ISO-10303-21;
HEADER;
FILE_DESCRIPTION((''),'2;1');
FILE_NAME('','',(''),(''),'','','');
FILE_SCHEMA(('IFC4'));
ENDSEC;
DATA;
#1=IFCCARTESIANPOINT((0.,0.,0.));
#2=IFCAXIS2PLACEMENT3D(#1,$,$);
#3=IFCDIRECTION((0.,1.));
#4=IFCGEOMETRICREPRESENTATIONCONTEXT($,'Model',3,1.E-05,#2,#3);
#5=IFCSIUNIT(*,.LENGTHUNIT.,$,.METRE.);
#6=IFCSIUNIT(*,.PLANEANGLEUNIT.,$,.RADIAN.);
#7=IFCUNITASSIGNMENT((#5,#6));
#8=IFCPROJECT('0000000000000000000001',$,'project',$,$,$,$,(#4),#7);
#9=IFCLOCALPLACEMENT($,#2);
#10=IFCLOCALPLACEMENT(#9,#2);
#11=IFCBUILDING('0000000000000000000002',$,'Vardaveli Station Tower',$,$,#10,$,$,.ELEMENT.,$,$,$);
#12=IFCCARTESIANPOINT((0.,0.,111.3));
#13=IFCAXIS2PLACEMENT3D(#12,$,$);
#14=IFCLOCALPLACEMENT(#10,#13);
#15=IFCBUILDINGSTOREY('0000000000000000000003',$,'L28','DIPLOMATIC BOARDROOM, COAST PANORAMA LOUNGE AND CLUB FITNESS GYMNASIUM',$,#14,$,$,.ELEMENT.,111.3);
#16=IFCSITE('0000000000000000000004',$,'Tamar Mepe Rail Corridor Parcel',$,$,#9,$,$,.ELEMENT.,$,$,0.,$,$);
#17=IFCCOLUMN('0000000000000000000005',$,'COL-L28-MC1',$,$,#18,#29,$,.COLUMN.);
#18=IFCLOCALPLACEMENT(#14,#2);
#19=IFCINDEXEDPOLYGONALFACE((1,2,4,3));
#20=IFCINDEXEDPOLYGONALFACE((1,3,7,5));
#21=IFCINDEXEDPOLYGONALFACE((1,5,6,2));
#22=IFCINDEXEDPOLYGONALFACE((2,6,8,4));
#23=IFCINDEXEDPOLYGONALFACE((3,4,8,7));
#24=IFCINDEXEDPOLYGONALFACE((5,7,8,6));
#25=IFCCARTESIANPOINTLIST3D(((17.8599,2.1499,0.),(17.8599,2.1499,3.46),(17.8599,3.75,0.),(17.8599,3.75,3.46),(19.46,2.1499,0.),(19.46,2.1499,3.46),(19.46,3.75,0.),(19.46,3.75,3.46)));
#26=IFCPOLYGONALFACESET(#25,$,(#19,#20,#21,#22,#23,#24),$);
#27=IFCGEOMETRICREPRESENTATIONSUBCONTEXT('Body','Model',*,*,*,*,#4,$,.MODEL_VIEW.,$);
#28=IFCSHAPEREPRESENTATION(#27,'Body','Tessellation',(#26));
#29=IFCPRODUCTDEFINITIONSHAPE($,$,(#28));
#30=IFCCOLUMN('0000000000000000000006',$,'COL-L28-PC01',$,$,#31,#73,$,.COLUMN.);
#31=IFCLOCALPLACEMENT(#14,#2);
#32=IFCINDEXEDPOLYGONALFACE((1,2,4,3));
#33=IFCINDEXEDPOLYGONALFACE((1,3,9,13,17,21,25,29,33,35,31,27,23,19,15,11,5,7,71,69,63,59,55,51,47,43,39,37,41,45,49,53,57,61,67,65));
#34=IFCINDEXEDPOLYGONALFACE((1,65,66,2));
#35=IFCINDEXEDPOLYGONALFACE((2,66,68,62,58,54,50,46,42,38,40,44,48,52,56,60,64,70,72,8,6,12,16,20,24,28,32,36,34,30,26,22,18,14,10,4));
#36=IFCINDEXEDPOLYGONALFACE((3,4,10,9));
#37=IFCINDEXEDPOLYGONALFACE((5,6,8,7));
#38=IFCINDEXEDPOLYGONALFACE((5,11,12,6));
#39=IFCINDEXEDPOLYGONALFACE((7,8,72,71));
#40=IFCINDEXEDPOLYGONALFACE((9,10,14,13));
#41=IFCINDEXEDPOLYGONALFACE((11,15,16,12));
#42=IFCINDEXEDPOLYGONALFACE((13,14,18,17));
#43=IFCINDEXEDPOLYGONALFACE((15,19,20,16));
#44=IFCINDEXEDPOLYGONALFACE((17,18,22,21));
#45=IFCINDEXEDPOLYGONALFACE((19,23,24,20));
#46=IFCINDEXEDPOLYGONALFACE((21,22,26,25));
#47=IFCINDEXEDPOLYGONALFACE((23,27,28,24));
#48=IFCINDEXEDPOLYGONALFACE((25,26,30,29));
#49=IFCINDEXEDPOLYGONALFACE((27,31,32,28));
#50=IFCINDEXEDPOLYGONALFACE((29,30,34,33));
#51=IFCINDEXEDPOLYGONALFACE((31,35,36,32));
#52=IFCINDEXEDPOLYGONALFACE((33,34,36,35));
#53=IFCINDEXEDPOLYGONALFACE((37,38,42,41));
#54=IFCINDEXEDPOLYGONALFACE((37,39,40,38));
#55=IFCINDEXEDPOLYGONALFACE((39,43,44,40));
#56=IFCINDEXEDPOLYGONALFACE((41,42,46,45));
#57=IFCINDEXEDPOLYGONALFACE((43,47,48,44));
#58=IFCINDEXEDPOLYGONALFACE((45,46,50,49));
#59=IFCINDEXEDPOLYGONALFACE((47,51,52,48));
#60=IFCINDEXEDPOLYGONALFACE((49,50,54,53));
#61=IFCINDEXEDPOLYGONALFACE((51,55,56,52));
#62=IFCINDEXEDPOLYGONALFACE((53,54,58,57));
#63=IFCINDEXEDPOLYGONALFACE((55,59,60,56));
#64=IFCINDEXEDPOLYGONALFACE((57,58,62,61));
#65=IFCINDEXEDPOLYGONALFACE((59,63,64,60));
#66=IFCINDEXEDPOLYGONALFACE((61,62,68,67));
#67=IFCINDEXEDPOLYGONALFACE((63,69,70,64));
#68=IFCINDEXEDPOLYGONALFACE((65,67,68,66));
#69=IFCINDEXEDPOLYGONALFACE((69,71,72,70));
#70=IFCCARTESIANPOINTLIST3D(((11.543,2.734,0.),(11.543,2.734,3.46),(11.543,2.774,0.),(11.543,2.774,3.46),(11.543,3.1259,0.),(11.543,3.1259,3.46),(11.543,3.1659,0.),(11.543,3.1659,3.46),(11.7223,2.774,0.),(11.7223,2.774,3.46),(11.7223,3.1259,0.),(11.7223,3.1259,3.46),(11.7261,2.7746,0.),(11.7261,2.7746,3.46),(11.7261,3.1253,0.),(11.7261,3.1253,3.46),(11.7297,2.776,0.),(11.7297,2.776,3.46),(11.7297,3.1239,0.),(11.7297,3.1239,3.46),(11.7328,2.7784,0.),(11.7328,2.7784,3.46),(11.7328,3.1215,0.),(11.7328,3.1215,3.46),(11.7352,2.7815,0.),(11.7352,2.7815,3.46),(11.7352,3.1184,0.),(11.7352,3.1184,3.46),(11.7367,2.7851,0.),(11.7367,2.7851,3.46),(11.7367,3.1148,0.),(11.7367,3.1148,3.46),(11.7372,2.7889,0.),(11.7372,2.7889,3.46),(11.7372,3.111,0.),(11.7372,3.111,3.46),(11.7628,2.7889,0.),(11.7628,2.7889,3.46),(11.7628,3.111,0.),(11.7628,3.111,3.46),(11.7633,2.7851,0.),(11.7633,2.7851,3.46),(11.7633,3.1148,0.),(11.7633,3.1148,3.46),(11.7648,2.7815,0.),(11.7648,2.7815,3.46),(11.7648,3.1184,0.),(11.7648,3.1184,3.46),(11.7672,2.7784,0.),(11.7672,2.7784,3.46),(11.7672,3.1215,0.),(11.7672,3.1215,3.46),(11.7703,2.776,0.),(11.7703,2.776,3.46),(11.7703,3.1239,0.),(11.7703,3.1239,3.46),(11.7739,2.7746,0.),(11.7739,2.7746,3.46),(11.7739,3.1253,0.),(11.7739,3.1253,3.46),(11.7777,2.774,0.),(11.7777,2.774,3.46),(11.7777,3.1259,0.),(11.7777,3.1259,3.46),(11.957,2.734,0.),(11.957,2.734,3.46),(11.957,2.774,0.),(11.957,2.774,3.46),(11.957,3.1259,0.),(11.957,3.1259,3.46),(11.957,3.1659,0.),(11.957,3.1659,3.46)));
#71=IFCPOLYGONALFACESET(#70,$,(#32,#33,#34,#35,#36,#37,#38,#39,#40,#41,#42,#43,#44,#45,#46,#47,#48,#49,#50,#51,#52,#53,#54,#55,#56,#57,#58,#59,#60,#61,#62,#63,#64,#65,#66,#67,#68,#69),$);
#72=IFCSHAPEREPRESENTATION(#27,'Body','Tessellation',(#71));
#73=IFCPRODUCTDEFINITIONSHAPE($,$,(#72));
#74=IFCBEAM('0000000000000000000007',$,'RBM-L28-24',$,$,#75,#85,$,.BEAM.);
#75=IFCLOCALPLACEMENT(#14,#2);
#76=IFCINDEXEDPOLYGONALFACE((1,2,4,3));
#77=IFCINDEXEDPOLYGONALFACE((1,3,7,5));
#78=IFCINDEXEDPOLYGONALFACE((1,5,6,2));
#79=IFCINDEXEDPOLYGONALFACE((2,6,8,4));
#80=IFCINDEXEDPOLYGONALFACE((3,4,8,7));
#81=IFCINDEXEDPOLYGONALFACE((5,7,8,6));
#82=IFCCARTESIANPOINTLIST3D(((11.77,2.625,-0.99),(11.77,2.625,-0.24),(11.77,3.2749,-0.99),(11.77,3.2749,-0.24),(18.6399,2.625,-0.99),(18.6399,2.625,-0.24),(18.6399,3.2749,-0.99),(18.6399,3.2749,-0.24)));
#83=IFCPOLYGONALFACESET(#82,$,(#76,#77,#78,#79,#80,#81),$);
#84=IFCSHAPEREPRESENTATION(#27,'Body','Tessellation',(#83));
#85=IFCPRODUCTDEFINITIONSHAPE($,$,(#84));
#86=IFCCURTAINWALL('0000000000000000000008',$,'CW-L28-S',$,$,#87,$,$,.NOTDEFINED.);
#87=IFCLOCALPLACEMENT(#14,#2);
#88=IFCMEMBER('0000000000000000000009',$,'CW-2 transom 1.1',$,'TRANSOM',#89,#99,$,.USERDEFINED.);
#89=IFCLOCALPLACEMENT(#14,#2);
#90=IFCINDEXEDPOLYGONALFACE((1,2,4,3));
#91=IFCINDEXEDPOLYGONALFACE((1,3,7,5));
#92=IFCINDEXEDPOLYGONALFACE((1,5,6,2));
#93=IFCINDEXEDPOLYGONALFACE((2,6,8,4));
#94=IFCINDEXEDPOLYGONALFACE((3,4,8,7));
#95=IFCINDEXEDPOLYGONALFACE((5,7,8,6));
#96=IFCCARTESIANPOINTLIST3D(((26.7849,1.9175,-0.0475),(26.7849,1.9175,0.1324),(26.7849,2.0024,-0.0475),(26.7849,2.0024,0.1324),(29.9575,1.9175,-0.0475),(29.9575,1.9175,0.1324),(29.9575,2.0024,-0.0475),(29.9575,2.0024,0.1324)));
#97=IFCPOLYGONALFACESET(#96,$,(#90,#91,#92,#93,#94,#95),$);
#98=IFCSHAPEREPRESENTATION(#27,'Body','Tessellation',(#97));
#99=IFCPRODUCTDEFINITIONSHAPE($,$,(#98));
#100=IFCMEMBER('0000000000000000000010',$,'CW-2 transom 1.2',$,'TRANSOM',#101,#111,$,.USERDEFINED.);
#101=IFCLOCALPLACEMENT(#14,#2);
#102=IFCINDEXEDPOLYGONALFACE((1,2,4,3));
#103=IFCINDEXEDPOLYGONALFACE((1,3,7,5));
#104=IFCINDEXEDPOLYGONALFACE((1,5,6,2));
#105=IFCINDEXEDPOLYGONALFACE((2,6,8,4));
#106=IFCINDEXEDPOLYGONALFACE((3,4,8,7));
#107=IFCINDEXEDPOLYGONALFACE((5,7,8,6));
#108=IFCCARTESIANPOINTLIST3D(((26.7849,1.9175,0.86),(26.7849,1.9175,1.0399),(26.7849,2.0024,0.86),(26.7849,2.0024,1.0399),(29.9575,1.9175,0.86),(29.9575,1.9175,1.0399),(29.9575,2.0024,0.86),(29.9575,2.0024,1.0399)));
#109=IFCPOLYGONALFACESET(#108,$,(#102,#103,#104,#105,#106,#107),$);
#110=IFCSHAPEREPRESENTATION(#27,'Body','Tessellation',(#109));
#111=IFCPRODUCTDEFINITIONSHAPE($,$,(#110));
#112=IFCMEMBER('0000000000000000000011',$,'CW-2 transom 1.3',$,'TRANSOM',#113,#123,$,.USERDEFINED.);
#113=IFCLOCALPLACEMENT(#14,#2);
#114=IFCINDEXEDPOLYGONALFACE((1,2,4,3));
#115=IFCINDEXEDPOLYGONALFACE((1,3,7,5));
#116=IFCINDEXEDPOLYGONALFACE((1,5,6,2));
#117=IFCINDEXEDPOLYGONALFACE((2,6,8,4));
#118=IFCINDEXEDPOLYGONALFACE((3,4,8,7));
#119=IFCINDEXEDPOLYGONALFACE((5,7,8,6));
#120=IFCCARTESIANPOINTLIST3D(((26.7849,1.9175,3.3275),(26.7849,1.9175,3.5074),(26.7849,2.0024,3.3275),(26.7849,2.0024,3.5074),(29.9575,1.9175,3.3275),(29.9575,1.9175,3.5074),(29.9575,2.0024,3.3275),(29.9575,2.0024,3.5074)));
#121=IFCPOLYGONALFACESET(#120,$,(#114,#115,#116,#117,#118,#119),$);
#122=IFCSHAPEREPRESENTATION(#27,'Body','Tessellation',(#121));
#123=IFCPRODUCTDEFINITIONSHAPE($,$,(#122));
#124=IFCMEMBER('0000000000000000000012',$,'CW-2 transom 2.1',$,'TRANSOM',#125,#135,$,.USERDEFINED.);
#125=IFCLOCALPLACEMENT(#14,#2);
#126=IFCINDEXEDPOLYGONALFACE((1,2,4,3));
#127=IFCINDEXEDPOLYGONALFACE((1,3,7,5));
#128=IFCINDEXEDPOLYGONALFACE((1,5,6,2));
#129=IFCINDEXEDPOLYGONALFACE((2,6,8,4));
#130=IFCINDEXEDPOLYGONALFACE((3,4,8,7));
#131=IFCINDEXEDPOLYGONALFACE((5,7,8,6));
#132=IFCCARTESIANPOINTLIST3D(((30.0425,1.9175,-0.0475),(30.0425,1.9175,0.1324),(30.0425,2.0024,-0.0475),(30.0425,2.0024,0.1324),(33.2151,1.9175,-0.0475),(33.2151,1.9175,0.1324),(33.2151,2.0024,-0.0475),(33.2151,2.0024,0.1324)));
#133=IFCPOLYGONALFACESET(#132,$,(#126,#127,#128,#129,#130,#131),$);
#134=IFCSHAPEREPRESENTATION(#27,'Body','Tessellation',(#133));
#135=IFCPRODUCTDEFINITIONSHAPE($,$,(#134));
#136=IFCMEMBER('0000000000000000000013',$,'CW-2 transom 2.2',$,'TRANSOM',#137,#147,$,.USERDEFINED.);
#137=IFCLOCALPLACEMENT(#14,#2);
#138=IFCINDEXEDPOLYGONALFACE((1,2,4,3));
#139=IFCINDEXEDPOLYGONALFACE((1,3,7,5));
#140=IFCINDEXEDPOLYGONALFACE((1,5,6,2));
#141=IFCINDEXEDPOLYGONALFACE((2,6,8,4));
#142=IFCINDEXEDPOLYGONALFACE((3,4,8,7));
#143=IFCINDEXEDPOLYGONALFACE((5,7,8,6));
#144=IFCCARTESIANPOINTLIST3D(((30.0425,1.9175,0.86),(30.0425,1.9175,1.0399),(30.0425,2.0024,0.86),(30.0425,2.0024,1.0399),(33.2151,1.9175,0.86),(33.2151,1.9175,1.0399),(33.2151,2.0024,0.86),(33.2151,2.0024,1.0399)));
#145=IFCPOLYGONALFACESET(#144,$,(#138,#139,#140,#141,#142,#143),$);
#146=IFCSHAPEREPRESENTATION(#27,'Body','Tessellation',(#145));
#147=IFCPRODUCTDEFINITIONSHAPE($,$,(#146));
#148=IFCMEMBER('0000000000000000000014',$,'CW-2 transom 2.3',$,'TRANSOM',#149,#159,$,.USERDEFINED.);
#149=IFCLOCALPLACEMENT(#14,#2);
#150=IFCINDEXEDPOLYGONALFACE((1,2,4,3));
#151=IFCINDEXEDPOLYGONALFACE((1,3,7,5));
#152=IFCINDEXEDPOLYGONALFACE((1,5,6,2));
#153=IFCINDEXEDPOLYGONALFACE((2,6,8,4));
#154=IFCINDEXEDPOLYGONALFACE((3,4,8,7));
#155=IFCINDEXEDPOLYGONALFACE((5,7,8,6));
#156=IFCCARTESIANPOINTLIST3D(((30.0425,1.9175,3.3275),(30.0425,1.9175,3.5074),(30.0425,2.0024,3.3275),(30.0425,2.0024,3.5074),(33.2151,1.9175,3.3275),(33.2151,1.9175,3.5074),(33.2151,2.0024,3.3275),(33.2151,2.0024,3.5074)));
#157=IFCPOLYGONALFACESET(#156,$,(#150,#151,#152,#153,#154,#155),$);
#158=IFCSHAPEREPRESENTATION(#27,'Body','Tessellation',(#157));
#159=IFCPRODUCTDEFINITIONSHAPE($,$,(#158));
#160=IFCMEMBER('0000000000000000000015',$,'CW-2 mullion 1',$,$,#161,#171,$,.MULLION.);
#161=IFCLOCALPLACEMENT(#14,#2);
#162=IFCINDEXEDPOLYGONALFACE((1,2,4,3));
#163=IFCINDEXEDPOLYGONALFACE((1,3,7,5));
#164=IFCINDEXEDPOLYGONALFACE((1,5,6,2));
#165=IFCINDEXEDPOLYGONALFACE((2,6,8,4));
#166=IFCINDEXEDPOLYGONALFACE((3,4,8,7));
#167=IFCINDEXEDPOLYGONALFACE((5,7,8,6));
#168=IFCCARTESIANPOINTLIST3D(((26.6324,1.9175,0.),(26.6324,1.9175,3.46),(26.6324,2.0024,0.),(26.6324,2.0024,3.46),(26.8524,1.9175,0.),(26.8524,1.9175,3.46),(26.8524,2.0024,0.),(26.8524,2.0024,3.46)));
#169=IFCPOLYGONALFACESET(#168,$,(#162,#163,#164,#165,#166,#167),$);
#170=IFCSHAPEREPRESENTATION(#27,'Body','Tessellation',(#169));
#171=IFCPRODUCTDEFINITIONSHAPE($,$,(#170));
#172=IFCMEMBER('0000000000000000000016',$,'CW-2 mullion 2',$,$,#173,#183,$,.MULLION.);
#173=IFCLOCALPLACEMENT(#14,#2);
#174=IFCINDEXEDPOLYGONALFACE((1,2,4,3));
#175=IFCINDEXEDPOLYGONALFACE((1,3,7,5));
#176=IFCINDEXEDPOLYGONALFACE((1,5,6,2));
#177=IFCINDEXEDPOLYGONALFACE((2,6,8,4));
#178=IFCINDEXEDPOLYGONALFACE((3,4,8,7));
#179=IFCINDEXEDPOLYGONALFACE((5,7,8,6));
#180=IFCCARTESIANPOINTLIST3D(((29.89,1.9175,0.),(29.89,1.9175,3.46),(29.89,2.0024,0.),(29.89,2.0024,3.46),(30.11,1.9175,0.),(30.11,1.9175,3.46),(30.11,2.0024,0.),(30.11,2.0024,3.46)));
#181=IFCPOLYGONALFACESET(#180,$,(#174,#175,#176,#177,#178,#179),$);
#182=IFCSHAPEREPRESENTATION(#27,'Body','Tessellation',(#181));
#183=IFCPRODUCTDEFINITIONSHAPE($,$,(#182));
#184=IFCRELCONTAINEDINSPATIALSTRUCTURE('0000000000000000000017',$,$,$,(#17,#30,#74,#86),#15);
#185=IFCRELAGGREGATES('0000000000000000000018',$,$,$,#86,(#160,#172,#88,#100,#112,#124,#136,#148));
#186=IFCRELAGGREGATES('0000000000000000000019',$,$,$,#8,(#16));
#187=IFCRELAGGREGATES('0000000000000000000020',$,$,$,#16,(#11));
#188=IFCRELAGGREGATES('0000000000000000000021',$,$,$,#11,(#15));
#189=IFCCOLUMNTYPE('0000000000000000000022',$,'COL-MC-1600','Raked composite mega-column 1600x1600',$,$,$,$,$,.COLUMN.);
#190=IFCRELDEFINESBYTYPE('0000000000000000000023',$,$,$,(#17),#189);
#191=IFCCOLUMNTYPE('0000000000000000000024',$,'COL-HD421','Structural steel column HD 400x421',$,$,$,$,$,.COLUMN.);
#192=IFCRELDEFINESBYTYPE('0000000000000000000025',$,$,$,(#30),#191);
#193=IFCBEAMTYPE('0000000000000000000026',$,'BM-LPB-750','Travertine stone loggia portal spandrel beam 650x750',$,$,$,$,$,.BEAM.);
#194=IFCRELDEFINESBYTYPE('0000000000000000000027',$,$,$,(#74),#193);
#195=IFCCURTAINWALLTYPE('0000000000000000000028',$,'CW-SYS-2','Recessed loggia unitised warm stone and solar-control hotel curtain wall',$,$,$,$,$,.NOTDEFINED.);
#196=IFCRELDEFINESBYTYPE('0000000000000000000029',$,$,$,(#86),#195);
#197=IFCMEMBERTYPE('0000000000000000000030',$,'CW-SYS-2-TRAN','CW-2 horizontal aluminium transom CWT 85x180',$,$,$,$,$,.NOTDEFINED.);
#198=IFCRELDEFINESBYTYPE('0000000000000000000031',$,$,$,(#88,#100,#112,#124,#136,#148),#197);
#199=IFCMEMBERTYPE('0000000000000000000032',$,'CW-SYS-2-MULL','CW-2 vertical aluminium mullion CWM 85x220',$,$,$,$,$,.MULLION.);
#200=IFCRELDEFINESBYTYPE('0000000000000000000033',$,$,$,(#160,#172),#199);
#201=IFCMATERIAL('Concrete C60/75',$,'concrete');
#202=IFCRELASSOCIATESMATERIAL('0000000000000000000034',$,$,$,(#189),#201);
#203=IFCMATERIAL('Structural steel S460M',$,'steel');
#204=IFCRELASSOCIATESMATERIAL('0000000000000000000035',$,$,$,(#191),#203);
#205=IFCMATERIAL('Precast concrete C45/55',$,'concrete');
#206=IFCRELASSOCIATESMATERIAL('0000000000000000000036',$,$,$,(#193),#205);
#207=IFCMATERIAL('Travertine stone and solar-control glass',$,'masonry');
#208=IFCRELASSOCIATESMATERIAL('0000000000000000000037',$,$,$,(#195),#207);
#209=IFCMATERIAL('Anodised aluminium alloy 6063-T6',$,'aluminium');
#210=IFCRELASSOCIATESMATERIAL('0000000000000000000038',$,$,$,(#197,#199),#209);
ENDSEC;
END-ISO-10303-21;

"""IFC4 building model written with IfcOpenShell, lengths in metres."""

from ifc_helpers import new_model, si_unit, direction, frame, origin, origin_2d, place, context, subcontext, project, spatial, rectangle, i_section, extrude, source, transform, mapped, material, material_profile, profile_set, type_object, element, aggregate, save


model = new_model("IFC4")

# Units and contexts
model_context = context("Model", 3, precision=1e-05, world=origin(), true_north=direction((0.0, 1.0)))
body_context = subcontext(model_context, "Body", "Model", "MODEL_VIEW")
ifc_project = project(units=[si_unit("LENGTHUNIT", "METRE"), si_unit("PLANEANGLEUNIT", "RADIAN")], contexts=[model_context])

# Site, building, storey
site_placement = place(None, origin())
site = spatial("IfcSite", under=ifc_project, at=site_placement, Name="Tamar Mepe Rail Corridor Parcel", CompositionType="ELEMENT", RefElevation=0.0)
building_placement = place(site_placement, origin())
building = spatial("IfcBuilding", under=site, at=building_placement, Name="Vardaveli Station Tower", CompositionType="ELEMENT")
storey_placement = place(building_placement, frame((0.0, 0.0, 111.3)))
storey = spatial("IfcBuildingStorey", under=building, at=storey_placement, Name="L28", Description="DIPLOMATIC BOARDROOM, COAST PANORAMA LOUNGE AND CLUB FITNESS GYMNASIUM", CompositionType="ELEMENT", Elevation=111.3)

# Columns
ifc_material_1 = material(Name="Concrete C60/75", Category="concrete")
ifc_material_profile_1 = material_profile(ifc_material_1, rectangle(XDim=1.6001, YDim=1.6001, at=origin_2d()), Name="MC 1600x1600")
ifc_profile_set_1 = profile_set([ifc_material_profile_1], Name="Concrete C60/75")
column_type_1 = type_object("IfcColumnType", Name="COL-MC-1600", Description="Raked composite mega-column 1600x1600", PredefinedType="COLUMN", material=ifc_profile_set_1)
shared_shape_1 = source(origin(), body_context, "Body", "SweptSolid", [
    extrude(rectangle(XDim=1.6001, YDim=1.6001, at=origin_2d()), origin(), (0.0, 0.0, 1.0), 3.46),
])
column_1_placement = place(storey_placement, frame((18.6599, 2.95, 0.0), z_axis=(0.0, 0.0, 1.0), x_axis=(1.0, 0.0, 0.0)))
element("IfcColumn", 1, at=column_1_placement, inside=storey, type_object=column_type_1, Name="COL-L28-MC1", PredefinedType="COLUMN", context=body_context, shape_type="MappedRepresentation", body=[
    mapped(shared_shape_1, transform((0.0, 0.0, 0.0), scale=1.0)),
])
ifc_material_2 = material(Name="Structural steel S460M", Category="steel")
ifc_material_profile_2 = material_profile(ifc_material_2, i_section(OverallWidth=0.4141, OverallDepth=0.4319, WebThickness=0.0256, FlangeThickness=0.04, FilletRadius=0.0149, at=origin_2d()), Name="HD 400x421")
ifc_profile_set_2 = profile_set([ifc_material_profile_2], Name="Structural steel S460M")
column_type_2 = type_object("IfcColumnType", Name="COL-HD421", Description="Structural steel column HD 400x421", PredefinedType="COLUMN", material=ifc_profile_set_2)
shared_shape_2 = source(origin(), body_context, "Body", "SweptSolid", [
    extrude(i_section(OverallWidth=0.4141, OverallDepth=0.4319, WebThickness=0.0256, FlangeThickness=0.04, FilletRadius=0.0149, at=origin_2d()), origin(), (0.0, 0.0, 1.0), 3.46),
])
column_2_placement = place(storey_placement, frame((11.75, 2.95, 0.0), z_axis=(0.0, 0.0, 1.0), x_axis=(1.0, 0.0, 0.0)))
element("IfcColumn", 2, at=column_2_placement, inside=storey, type_object=column_type_2, Name="COL-L28-PC01", PredefinedType="COLUMN", context=body_context, shape_type="MappedRepresentation", body=[
    mapped(shared_shape_2, transform((0.0, 0.0, 0.0), scale=1.0)),
])

# Beam
ifc_material_3 = material(Name="Precast concrete C45/55", Category="concrete")
ifc_material_profile_3 = material_profile(ifc_material_3, rectangle(XDim=0.6499, YDim=0.75, at=origin_2d()), Name="LPB 650x750")
ifc_profile_set_3 = profile_set([ifc_material_profile_3], Name="Precast concrete C45/55")
beam_type = type_object("IfcBeamType", Name="BM-LPB-750", Description="Travertine stone loggia portal spandrel beam 650x750", PredefinedType="BEAM", material=ifc_profile_set_3)
shared_shape_3 = source(origin(), body_context, "Body", "SweptSolid", [
    extrude(rectangle(XDim=0.6499, YDim=0.75, at=origin_2d()), origin(), (0.0, 0.0, 1.0), 6.8699),
])
beam_placement = place(storey_placement, frame((11.77, 2.95, -0.615), z_axis=(1.0, 0.0, 0.0), x_axis=(0.0, 1.0, 0.0)))
element("IfcBeam", 3, at=beam_placement, inside=storey, type_object=beam_type, Name="RBM-L28-24", PredefinedType="BEAM", context=body_context, shape_type="MappedRepresentation", body=[
    mapped(shared_shape_3, transform((0.0, 0.0, 0.0), scale=1.0)),
])

# Curtain wall, members
ifc_material_4 = material(Name="Travertine stone and solar-control glass", Category="masonry")
curtain_wall_type = type_object("IfcCurtainWallType", Name="CW-SYS-2", Description="Recessed loggia unitised warm stone and solar-control hotel curtain wall", PredefinedType="NOTDEFINED", material=ifc_material_4)
curtain_wall_placement = place(storey_placement, origin())
curtain_wall = element("IfcCurtainWall", 4, at=curtain_wall_placement, inside=storey, type_object=curtain_wall_type, Name="CW-L28-S", PredefinedType="NOTDEFINED")
ifc_material_5 = material(Name="Anodised aluminium alloy 6063-T6", Category="aluminium")
ifc_material_profile_4 = material_profile(ifc_material_5, rectangle(XDim=0.085, YDim=0.1799, at=origin_2d()), Name="CWT 85x180")
ifc_profile_set_4 = profile_set([ifc_material_profile_4], Name="Anodised aluminium alloy 6063-T6")
member_type_1 = type_object("IfcMemberType", Name="CW-SYS-2-TRAN", Description="CW-2 horizontal aluminium transom CWT 85x180", PredefinedType="NOTDEFINED", material=ifc_profile_set_4)
shared_shape_4 = source(origin(), body_context, "Body", "SweptSolid", [
    extrude(rectangle(XDim=0.085, YDim=0.1799, at=origin_2d()), origin(), (0.0, 0.0, 1.0), 3.1726),
])
member_1_placement = place(storey_placement, frame((26.7849, 1.96, 0.0425), z_axis=(1.0, 0.0, 0.0), x_axis=(0.0, 1.0, 0.0)))
member_1 = element("IfcMember", 5, at=member_1_placement, type_object=member_type_1, Name="CW-2 transom 1.1", ObjectType="TRANSOM", PredefinedType="USERDEFINED", context=body_context, shape_type="MappedRepresentation", body=[
    mapped(shared_shape_4, transform((0.0, 0.0, 0.0), scale=1.0)),
])
member_2_placement = place(storey_placement, frame((26.7849, 1.96, 0.95), z_axis=(1.0, 0.0, 0.0), x_axis=(0.0, 1.0, 0.0)))
member_2 = element("IfcMember", 6, at=member_2_placement, type_object=member_type_1, Name="CW-2 transom 1.2", ObjectType="TRANSOM", PredefinedType="USERDEFINED", context=body_context, shape_type="MappedRepresentation", body=[
    mapped(shared_shape_4, transform((0.0, 0.0, 0.0), scale=1.0)),
])
member_3_placement = place(storey_placement, frame((26.7849, 1.96, 3.4175), z_axis=(1.0, 0.0, 0.0), x_axis=(0.0, 1.0, 0.0)))
member_3 = element("IfcMember", 7, at=member_3_placement, type_object=member_type_1, Name="CW-2 transom 1.3", ObjectType="TRANSOM", PredefinedType="USERDEFINED", context=body_context, shape_type="MappedRepresentation", body=[
    mapped(shared_shape_4, transform((0.0, 0.0, 0.0), scale=1.0)),
])
member_4_placement = place(storey_placement, frame((30.0425, 1.96, 0.0425), z_axis=(1.0, 0.0, 0.0), x_axis=(0.0, 1.0, 0.0)))
member_4 = element("IfcMember", 8, at=member_4_placement, type_object=member_type_1, Name="CW-2 transom 2.1", ObjectType="TRANSOM", PredefinedType="USERDEFINED", context=body_context, shape_type="MappedRepresentation", body=[
    mapped(shared_shape_4, transform((0.0, 0.0, 0.0), scale=1.0)),
])
member_5_placement = place(storey_placement, frame((30.0425, 1.96, 0.95), z_axis=(1.0, 0.0, 0.0), x_axis=(0.0, 1.0, 0.0)))
member_5 = element("IfcMember", 9, at=member_5_placement, type_object=member_type_1, Name="CW-2 transom 2.2", ObjectType="TRANSOM", PredefinedType="USERDEFINED", context=body_context, shape_type="MappedRepresentation", body=[
    mapped(shared_shape_4, transform((0.0, 0.0, 0.0), scale=1.0)),
])
member_6_placement = place(storey_placement, frame((30.0425, 1.96, 3.4175), z_axis=(1.0, 0.0, 0.0), x_axis=(0.0, 1.0, 0.0)))
member_6 = element("IfcMember", 10, at=member_6_placement, type_object=member_type_1, Name="CW-2 transom 2.3", ObjectType="TRANSOM", PredefinedType="USERDEFINED", context=body_context, shape_type="MappedRepresentation", body=[
    mapped(shared_shape_4, transform((0.0, 0.0, 0.0), scale=1.0)),
])
ifc_material_profile_5 = material_profile(ifc_material_5, rectangle(XDim=0.085, YDim=0.22, at=origin_2d()), Name="CWM 85x220")
ifc_profile_set_5 = profile_set([ifc_material_profile_5], Name="Anodised aluminium alloy 6063-T6")
member_type_2 = type_object("IfcMemberType", Name="CW-SYS-2-MULL", Description="CW-2 vertical aluminium mullion CWM 85x220", PredefinedType="MULLION", material=ifc_profile_set_5)
shared_shape_5 = source(origin(), body_context, "Body", "SweptSolid", [
    extrude(rectangle(XDim=0.085, YDim=0.22, at=origin_2d()), origin(), (0.0, 0.0, 1.0), 3.46),
])
member_7_placement = place(storey_placement, frame((26.7424, 1.96, 0.0), z_axis=(0.0, 0.0, 1.0), x_axis=(0.0, 1.0, 0.0)))
member_7 = element("IfcMember", 11, at=member_7_placement, type_object=member_type_2, Name="CW-2 mullion 1", PredefinedType="MULLION", context=body_context, shape_type="MappedRepresentation", body=[
    mapped(shared_shape_5, transform((0.0, 0.0, 0.0), scale=1.0)),
])
member_8_placement = place(storey_placement, frame((30.0, 1.96, 0.0), z_axis=(0.0, 0.0, 1.0), x_axis=(0.0, 1.0, 0.0)))
member_8 = element("IfcMember", 12, at=member_8_placement, type_object=member_type_2, Name="CW-2 mullion 2", PredefinedType="MULLION", context=body_context, shape_type="MappedRepresentation", body=[
    mapped(shared_shape_5, transform((0.0, 0.0, 0.0), scale=1.0)),
])

aggregate(curtain_wall, [member_7, member_8, member_1, member_2, member_3, member_4, member_5, member_6])

save(model, "model.ifc")
